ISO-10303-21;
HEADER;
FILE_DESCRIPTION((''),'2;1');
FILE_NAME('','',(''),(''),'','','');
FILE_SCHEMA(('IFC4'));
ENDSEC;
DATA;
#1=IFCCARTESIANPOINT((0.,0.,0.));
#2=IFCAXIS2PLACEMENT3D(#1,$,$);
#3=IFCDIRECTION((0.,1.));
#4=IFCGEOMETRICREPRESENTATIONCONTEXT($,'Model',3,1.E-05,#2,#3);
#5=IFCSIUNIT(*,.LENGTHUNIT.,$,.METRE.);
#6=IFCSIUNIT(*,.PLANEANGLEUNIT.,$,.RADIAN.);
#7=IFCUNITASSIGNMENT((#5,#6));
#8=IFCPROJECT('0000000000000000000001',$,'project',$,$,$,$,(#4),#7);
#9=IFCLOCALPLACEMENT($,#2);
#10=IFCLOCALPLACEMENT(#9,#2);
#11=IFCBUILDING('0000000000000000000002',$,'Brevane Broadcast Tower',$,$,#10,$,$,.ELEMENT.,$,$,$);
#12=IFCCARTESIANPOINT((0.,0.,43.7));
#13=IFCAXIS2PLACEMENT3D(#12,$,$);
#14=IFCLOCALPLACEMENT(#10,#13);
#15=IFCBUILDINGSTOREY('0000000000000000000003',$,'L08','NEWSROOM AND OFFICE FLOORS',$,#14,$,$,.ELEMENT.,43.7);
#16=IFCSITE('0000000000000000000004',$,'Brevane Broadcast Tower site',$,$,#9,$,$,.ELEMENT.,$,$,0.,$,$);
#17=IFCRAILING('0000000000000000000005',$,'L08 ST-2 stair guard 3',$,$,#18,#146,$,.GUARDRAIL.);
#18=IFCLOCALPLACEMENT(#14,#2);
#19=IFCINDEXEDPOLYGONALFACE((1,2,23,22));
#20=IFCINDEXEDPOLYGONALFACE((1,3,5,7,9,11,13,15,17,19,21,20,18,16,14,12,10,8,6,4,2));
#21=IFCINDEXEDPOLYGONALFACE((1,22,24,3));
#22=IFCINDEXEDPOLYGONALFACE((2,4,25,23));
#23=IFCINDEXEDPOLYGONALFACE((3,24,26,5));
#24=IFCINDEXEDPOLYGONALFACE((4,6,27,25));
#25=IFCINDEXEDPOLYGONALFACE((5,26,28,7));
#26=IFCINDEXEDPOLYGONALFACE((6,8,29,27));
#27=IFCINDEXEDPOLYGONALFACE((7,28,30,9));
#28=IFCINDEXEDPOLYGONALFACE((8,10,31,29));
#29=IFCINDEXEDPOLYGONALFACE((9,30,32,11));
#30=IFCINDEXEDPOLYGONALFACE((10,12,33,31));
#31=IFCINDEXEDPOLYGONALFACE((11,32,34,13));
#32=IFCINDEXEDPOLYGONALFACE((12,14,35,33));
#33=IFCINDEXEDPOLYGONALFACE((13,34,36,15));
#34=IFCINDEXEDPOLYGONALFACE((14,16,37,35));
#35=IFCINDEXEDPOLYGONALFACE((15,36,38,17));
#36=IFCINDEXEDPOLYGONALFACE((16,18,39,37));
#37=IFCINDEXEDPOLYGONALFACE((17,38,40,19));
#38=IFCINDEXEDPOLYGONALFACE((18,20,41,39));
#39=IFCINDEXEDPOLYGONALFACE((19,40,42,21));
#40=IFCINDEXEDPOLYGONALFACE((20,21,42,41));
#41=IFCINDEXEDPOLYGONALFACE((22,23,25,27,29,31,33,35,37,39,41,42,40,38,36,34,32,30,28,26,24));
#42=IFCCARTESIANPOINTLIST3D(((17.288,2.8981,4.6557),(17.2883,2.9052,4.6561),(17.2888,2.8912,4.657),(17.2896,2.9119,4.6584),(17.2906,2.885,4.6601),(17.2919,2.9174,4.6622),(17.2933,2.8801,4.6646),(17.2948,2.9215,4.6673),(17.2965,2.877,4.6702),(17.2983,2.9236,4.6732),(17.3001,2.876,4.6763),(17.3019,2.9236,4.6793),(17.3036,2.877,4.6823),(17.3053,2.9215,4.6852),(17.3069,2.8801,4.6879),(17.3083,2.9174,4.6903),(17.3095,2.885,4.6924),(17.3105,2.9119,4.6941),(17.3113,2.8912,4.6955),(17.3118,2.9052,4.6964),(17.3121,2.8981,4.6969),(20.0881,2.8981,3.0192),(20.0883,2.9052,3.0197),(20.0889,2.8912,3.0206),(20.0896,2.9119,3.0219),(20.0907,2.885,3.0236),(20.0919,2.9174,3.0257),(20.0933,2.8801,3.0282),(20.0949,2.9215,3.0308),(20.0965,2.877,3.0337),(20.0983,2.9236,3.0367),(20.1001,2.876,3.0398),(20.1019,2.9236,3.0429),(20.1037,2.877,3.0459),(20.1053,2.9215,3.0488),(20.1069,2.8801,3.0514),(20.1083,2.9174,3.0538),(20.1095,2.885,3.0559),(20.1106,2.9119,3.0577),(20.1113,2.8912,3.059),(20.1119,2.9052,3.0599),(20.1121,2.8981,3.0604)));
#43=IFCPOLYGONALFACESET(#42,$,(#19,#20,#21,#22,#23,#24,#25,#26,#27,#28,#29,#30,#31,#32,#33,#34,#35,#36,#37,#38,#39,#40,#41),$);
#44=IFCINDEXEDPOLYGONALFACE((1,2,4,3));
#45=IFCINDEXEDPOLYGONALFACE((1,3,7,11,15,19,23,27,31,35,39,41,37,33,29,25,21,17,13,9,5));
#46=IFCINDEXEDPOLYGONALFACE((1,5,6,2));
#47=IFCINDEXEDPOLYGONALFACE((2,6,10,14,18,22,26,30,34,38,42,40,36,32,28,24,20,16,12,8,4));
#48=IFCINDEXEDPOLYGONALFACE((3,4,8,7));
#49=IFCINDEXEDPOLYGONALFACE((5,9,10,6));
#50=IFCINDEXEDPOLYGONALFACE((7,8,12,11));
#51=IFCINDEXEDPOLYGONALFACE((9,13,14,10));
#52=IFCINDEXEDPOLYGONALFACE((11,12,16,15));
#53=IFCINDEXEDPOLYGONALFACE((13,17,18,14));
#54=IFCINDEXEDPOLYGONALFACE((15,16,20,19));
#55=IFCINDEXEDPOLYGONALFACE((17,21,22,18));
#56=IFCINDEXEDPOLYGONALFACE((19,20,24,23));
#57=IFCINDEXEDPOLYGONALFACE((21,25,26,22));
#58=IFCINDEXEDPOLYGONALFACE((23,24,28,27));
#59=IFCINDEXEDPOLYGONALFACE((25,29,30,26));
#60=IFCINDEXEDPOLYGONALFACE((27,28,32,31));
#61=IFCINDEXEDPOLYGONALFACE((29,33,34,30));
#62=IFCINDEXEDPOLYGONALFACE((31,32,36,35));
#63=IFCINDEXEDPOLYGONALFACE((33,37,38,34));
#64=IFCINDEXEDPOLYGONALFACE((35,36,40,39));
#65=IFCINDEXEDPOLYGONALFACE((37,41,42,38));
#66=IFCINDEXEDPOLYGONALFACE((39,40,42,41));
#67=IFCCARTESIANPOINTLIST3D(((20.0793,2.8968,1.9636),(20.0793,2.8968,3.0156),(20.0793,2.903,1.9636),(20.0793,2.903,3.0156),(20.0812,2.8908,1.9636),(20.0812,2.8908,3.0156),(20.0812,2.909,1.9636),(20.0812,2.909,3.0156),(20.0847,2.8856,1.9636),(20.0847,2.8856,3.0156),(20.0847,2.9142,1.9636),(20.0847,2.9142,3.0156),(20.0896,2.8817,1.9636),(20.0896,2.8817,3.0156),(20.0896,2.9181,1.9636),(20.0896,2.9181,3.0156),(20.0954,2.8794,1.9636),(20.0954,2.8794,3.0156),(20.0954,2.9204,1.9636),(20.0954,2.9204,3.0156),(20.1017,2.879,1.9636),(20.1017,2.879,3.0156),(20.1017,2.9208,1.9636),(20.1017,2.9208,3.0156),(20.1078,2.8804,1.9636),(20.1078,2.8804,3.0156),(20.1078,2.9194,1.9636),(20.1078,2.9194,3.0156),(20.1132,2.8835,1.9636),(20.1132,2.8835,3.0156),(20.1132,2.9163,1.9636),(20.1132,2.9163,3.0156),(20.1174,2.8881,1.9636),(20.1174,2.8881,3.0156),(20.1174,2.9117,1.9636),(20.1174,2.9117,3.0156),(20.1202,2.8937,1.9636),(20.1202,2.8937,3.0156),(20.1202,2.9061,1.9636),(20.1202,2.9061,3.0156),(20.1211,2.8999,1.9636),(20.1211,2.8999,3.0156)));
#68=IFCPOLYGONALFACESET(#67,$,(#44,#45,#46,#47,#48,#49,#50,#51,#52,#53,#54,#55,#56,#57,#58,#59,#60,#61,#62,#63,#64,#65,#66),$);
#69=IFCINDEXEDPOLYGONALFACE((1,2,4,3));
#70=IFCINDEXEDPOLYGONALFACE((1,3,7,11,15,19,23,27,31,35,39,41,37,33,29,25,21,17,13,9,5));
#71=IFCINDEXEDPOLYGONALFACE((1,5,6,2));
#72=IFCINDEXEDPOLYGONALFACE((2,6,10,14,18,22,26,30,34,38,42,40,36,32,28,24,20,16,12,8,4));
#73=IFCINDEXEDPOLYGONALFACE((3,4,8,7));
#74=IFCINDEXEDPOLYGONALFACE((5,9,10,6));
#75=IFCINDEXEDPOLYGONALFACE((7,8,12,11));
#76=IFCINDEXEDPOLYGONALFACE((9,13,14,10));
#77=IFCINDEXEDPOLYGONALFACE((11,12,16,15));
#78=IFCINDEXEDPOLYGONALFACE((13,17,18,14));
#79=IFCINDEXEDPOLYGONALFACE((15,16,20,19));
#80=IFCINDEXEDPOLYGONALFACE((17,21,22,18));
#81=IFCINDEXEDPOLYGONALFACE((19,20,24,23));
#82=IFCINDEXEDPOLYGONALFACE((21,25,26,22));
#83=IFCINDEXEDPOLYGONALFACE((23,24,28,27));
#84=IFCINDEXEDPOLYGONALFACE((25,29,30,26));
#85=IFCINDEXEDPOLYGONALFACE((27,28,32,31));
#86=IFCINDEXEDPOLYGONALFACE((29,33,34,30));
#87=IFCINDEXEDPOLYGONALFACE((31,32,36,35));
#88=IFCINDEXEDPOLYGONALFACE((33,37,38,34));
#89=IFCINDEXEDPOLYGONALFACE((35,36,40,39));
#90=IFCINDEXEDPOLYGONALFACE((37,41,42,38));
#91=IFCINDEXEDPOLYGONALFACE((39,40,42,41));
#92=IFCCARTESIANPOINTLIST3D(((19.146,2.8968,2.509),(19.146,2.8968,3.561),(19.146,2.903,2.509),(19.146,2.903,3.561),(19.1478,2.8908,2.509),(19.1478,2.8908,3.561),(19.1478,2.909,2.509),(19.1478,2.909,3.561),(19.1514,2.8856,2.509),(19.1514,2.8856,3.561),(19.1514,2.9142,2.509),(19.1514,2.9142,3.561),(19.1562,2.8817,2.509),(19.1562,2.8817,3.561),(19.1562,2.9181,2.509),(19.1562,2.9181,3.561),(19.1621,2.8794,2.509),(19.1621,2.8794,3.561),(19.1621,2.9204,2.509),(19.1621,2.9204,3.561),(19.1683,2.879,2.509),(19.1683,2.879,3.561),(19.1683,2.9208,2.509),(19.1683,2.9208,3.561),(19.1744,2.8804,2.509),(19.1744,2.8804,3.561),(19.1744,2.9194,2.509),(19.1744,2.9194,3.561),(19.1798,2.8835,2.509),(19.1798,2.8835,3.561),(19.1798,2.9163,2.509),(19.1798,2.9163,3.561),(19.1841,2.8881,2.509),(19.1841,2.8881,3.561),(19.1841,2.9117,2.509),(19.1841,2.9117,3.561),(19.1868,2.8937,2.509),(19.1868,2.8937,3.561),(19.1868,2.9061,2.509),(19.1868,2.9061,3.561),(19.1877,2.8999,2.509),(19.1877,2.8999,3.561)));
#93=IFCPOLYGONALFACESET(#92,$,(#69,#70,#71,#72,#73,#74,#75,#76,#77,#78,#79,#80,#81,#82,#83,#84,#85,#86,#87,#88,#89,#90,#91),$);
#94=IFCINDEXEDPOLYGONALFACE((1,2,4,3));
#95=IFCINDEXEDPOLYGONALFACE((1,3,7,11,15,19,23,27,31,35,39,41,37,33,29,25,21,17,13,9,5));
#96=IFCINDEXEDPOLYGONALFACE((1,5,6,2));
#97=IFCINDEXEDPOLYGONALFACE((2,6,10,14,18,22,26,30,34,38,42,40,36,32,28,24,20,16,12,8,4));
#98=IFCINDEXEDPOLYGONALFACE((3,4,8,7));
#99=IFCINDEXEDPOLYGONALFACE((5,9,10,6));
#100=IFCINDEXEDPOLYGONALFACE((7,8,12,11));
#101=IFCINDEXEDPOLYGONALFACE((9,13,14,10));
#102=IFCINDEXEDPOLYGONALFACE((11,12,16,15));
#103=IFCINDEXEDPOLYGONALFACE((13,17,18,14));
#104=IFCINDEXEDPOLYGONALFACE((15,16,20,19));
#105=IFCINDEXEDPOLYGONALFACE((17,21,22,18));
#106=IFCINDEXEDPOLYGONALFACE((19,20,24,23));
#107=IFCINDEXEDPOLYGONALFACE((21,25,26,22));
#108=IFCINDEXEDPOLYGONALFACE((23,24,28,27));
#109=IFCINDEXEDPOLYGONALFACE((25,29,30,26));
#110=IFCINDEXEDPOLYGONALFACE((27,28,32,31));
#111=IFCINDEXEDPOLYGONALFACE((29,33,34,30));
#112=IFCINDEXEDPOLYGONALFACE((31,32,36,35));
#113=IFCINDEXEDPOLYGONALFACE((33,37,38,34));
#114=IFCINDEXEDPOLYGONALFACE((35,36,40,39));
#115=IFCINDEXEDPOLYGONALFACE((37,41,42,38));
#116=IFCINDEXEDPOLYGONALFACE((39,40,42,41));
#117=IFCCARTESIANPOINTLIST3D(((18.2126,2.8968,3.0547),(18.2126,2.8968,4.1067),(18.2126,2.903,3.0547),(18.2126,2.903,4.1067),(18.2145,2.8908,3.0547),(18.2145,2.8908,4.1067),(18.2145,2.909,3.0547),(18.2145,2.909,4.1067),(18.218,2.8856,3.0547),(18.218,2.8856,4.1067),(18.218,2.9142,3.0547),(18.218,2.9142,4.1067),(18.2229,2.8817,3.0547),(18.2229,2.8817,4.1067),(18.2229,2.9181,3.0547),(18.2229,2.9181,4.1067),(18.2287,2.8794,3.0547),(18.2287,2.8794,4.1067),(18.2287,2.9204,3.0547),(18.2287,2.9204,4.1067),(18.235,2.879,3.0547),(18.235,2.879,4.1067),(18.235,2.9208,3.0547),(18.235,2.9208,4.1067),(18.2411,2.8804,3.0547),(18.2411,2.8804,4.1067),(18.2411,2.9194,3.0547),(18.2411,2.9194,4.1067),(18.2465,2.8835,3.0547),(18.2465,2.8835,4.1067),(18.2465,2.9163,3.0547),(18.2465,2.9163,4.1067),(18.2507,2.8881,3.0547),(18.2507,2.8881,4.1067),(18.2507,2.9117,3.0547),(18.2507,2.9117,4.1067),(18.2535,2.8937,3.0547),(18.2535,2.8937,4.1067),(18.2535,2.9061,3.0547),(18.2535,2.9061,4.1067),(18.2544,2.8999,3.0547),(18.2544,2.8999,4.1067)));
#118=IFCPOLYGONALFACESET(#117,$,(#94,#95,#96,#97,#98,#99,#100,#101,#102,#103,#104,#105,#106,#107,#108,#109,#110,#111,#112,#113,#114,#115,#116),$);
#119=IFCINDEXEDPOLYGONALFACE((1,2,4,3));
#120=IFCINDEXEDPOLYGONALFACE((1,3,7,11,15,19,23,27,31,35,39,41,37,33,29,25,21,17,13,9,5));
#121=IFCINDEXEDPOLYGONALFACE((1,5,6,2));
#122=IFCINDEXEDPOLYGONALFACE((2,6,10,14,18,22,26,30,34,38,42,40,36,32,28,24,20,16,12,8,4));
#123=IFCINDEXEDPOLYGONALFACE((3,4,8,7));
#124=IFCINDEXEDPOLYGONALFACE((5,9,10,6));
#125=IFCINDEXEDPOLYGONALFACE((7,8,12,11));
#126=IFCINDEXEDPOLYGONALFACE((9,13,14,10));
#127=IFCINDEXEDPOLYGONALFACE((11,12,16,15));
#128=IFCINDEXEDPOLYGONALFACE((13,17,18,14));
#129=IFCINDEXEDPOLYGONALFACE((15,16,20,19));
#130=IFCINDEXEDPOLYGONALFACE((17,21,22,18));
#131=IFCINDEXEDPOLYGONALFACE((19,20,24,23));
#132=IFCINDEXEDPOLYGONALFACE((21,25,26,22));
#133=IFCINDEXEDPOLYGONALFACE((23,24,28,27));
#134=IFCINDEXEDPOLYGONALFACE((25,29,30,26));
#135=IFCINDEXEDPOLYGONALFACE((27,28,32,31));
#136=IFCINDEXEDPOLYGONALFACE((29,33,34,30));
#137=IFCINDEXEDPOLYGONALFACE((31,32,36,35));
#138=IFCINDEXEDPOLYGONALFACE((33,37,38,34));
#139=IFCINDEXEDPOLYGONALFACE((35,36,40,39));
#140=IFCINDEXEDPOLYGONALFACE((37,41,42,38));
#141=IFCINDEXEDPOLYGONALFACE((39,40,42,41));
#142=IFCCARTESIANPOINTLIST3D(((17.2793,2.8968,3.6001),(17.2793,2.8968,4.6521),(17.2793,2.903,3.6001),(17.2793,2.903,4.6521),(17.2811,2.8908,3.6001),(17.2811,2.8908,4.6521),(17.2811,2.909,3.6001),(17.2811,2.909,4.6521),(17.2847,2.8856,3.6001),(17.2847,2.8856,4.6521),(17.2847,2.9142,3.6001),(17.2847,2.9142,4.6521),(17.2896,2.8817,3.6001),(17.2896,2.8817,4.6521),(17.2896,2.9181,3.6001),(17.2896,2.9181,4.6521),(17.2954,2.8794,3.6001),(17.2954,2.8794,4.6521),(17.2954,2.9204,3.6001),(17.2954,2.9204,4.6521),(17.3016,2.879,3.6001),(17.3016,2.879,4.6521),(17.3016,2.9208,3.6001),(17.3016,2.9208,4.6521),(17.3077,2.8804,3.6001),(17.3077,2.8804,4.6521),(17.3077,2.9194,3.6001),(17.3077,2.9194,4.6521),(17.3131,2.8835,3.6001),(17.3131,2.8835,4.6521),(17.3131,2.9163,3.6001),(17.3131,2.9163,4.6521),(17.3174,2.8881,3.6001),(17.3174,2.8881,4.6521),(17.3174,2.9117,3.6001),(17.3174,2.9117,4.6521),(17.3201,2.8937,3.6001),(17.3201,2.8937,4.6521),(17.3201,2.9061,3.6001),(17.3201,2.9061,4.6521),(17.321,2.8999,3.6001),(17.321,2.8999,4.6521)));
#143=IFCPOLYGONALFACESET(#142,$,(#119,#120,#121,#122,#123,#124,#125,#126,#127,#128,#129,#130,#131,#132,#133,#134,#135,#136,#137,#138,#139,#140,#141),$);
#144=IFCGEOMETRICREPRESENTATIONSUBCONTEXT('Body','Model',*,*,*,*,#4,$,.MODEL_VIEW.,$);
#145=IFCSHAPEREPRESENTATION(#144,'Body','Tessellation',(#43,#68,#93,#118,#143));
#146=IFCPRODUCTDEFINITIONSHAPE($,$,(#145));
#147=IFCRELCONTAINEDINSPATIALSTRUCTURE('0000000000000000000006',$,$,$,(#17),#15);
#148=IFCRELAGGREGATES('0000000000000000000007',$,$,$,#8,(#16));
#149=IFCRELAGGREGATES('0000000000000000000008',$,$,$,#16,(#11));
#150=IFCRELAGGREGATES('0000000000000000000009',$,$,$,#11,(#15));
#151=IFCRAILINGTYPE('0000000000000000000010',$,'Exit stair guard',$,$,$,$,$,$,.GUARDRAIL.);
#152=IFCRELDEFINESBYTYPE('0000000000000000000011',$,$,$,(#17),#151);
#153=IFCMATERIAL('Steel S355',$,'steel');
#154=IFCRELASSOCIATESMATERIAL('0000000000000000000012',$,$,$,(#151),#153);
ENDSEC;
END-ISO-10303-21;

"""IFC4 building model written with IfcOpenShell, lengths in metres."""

from ifc_helpers import new_model, si_unit, direction, frame, origin, origin_2d, place, context, subcontext, project, spatial, circle, extrude, material, type_object, element, save


model = new_model("IFC4")

# Units and contexts
model_context = context("Model", 3, precision=1e-05, world=origin(), true_north=direction((0.0, 1.0)))
body_context = subcontext(model_context, "Body", "Model", "MODEL_VIEW")
ifc_project = project(units=[si_unit("LENGTHUNIT", "METRE"), si_unit("PLANEANGLEUNIT", "RADIAN")], contexts=[model_context])

# Site, building, storey
site_placement = place(None, origin())
site = spatial("IfcSite", under=ifc_project, at=site_placement, Name="Brevane Broadcast Tower site", CompositionType="ELEMENT", RefElevation=0.0)
building_placement = place(site_placement, origin())
building = spatial("IfcBuilding", under=site, at=building_placement, Name="Brevane Broadcast Tower", CompositionType="ELEMENT")
storey_placement = place(building_placement, frame((0.0, 0.0, 43.7)))
storey = spatial("IfcBuildingStorey", under=building, at=storey_placement, Name="L08", Description="NEWSROOM AND OFFICE FLOORS", CompositionType="ELEMENT", Elevation=43.7)

# Railing
ifc_material_1 = material(Name="Steel S355", Category="steel")
railing_type_1 = type_object("IfcRailingType", Name="Exit stair guard", PredefinedType="GUARDRAIL", material=ifc_material_1)
railing_1_placement = place(storey_placement, frame((20.1001, 2.8999, 1.9636)))
element("IfcRailing", 1, at=railing_1_placement, inside=storey, type_object=railing_type_1, Name="L08 ST-2 stair guard 3", PredefinedType="GUARDRAIL", context=body_context, shape_type="SweptSolid", body=[
    extrude(circle(Radius=0.0239, at=origin_2d()), frame((0.0, 0.0, 1.0762), z_axis=(-0.863361, 0.0, 0.504587), x_axis=(0.0, -1.0, 0.0)), (0.0, 0.0, 1.0), 3.2432),
    extrude(circle(Radius=0.021, at=origin_2d()), origin(), (0.0, 0.0, 1.0), 1.052),
    extrude(circle(Radius=0.021, at=origin_2d()), frame((-0.9333, 0.0, 0.5454)), (0.0, 0.0, 1.0), 1.052),
    extrude(circle(Radius=0.021, at=origin_2d()), frame((-1.8667, 0.0, 1.0911)), (0.0, 0.0, 1.0), 1.052),
    extrude(circle(Radius=0.021, at=origin_2d()), frame((-2.8, 0.0, 1.6365)), (0.0, 0.0, 1.0), 1.052),
])

save(model, "model.ifc")
